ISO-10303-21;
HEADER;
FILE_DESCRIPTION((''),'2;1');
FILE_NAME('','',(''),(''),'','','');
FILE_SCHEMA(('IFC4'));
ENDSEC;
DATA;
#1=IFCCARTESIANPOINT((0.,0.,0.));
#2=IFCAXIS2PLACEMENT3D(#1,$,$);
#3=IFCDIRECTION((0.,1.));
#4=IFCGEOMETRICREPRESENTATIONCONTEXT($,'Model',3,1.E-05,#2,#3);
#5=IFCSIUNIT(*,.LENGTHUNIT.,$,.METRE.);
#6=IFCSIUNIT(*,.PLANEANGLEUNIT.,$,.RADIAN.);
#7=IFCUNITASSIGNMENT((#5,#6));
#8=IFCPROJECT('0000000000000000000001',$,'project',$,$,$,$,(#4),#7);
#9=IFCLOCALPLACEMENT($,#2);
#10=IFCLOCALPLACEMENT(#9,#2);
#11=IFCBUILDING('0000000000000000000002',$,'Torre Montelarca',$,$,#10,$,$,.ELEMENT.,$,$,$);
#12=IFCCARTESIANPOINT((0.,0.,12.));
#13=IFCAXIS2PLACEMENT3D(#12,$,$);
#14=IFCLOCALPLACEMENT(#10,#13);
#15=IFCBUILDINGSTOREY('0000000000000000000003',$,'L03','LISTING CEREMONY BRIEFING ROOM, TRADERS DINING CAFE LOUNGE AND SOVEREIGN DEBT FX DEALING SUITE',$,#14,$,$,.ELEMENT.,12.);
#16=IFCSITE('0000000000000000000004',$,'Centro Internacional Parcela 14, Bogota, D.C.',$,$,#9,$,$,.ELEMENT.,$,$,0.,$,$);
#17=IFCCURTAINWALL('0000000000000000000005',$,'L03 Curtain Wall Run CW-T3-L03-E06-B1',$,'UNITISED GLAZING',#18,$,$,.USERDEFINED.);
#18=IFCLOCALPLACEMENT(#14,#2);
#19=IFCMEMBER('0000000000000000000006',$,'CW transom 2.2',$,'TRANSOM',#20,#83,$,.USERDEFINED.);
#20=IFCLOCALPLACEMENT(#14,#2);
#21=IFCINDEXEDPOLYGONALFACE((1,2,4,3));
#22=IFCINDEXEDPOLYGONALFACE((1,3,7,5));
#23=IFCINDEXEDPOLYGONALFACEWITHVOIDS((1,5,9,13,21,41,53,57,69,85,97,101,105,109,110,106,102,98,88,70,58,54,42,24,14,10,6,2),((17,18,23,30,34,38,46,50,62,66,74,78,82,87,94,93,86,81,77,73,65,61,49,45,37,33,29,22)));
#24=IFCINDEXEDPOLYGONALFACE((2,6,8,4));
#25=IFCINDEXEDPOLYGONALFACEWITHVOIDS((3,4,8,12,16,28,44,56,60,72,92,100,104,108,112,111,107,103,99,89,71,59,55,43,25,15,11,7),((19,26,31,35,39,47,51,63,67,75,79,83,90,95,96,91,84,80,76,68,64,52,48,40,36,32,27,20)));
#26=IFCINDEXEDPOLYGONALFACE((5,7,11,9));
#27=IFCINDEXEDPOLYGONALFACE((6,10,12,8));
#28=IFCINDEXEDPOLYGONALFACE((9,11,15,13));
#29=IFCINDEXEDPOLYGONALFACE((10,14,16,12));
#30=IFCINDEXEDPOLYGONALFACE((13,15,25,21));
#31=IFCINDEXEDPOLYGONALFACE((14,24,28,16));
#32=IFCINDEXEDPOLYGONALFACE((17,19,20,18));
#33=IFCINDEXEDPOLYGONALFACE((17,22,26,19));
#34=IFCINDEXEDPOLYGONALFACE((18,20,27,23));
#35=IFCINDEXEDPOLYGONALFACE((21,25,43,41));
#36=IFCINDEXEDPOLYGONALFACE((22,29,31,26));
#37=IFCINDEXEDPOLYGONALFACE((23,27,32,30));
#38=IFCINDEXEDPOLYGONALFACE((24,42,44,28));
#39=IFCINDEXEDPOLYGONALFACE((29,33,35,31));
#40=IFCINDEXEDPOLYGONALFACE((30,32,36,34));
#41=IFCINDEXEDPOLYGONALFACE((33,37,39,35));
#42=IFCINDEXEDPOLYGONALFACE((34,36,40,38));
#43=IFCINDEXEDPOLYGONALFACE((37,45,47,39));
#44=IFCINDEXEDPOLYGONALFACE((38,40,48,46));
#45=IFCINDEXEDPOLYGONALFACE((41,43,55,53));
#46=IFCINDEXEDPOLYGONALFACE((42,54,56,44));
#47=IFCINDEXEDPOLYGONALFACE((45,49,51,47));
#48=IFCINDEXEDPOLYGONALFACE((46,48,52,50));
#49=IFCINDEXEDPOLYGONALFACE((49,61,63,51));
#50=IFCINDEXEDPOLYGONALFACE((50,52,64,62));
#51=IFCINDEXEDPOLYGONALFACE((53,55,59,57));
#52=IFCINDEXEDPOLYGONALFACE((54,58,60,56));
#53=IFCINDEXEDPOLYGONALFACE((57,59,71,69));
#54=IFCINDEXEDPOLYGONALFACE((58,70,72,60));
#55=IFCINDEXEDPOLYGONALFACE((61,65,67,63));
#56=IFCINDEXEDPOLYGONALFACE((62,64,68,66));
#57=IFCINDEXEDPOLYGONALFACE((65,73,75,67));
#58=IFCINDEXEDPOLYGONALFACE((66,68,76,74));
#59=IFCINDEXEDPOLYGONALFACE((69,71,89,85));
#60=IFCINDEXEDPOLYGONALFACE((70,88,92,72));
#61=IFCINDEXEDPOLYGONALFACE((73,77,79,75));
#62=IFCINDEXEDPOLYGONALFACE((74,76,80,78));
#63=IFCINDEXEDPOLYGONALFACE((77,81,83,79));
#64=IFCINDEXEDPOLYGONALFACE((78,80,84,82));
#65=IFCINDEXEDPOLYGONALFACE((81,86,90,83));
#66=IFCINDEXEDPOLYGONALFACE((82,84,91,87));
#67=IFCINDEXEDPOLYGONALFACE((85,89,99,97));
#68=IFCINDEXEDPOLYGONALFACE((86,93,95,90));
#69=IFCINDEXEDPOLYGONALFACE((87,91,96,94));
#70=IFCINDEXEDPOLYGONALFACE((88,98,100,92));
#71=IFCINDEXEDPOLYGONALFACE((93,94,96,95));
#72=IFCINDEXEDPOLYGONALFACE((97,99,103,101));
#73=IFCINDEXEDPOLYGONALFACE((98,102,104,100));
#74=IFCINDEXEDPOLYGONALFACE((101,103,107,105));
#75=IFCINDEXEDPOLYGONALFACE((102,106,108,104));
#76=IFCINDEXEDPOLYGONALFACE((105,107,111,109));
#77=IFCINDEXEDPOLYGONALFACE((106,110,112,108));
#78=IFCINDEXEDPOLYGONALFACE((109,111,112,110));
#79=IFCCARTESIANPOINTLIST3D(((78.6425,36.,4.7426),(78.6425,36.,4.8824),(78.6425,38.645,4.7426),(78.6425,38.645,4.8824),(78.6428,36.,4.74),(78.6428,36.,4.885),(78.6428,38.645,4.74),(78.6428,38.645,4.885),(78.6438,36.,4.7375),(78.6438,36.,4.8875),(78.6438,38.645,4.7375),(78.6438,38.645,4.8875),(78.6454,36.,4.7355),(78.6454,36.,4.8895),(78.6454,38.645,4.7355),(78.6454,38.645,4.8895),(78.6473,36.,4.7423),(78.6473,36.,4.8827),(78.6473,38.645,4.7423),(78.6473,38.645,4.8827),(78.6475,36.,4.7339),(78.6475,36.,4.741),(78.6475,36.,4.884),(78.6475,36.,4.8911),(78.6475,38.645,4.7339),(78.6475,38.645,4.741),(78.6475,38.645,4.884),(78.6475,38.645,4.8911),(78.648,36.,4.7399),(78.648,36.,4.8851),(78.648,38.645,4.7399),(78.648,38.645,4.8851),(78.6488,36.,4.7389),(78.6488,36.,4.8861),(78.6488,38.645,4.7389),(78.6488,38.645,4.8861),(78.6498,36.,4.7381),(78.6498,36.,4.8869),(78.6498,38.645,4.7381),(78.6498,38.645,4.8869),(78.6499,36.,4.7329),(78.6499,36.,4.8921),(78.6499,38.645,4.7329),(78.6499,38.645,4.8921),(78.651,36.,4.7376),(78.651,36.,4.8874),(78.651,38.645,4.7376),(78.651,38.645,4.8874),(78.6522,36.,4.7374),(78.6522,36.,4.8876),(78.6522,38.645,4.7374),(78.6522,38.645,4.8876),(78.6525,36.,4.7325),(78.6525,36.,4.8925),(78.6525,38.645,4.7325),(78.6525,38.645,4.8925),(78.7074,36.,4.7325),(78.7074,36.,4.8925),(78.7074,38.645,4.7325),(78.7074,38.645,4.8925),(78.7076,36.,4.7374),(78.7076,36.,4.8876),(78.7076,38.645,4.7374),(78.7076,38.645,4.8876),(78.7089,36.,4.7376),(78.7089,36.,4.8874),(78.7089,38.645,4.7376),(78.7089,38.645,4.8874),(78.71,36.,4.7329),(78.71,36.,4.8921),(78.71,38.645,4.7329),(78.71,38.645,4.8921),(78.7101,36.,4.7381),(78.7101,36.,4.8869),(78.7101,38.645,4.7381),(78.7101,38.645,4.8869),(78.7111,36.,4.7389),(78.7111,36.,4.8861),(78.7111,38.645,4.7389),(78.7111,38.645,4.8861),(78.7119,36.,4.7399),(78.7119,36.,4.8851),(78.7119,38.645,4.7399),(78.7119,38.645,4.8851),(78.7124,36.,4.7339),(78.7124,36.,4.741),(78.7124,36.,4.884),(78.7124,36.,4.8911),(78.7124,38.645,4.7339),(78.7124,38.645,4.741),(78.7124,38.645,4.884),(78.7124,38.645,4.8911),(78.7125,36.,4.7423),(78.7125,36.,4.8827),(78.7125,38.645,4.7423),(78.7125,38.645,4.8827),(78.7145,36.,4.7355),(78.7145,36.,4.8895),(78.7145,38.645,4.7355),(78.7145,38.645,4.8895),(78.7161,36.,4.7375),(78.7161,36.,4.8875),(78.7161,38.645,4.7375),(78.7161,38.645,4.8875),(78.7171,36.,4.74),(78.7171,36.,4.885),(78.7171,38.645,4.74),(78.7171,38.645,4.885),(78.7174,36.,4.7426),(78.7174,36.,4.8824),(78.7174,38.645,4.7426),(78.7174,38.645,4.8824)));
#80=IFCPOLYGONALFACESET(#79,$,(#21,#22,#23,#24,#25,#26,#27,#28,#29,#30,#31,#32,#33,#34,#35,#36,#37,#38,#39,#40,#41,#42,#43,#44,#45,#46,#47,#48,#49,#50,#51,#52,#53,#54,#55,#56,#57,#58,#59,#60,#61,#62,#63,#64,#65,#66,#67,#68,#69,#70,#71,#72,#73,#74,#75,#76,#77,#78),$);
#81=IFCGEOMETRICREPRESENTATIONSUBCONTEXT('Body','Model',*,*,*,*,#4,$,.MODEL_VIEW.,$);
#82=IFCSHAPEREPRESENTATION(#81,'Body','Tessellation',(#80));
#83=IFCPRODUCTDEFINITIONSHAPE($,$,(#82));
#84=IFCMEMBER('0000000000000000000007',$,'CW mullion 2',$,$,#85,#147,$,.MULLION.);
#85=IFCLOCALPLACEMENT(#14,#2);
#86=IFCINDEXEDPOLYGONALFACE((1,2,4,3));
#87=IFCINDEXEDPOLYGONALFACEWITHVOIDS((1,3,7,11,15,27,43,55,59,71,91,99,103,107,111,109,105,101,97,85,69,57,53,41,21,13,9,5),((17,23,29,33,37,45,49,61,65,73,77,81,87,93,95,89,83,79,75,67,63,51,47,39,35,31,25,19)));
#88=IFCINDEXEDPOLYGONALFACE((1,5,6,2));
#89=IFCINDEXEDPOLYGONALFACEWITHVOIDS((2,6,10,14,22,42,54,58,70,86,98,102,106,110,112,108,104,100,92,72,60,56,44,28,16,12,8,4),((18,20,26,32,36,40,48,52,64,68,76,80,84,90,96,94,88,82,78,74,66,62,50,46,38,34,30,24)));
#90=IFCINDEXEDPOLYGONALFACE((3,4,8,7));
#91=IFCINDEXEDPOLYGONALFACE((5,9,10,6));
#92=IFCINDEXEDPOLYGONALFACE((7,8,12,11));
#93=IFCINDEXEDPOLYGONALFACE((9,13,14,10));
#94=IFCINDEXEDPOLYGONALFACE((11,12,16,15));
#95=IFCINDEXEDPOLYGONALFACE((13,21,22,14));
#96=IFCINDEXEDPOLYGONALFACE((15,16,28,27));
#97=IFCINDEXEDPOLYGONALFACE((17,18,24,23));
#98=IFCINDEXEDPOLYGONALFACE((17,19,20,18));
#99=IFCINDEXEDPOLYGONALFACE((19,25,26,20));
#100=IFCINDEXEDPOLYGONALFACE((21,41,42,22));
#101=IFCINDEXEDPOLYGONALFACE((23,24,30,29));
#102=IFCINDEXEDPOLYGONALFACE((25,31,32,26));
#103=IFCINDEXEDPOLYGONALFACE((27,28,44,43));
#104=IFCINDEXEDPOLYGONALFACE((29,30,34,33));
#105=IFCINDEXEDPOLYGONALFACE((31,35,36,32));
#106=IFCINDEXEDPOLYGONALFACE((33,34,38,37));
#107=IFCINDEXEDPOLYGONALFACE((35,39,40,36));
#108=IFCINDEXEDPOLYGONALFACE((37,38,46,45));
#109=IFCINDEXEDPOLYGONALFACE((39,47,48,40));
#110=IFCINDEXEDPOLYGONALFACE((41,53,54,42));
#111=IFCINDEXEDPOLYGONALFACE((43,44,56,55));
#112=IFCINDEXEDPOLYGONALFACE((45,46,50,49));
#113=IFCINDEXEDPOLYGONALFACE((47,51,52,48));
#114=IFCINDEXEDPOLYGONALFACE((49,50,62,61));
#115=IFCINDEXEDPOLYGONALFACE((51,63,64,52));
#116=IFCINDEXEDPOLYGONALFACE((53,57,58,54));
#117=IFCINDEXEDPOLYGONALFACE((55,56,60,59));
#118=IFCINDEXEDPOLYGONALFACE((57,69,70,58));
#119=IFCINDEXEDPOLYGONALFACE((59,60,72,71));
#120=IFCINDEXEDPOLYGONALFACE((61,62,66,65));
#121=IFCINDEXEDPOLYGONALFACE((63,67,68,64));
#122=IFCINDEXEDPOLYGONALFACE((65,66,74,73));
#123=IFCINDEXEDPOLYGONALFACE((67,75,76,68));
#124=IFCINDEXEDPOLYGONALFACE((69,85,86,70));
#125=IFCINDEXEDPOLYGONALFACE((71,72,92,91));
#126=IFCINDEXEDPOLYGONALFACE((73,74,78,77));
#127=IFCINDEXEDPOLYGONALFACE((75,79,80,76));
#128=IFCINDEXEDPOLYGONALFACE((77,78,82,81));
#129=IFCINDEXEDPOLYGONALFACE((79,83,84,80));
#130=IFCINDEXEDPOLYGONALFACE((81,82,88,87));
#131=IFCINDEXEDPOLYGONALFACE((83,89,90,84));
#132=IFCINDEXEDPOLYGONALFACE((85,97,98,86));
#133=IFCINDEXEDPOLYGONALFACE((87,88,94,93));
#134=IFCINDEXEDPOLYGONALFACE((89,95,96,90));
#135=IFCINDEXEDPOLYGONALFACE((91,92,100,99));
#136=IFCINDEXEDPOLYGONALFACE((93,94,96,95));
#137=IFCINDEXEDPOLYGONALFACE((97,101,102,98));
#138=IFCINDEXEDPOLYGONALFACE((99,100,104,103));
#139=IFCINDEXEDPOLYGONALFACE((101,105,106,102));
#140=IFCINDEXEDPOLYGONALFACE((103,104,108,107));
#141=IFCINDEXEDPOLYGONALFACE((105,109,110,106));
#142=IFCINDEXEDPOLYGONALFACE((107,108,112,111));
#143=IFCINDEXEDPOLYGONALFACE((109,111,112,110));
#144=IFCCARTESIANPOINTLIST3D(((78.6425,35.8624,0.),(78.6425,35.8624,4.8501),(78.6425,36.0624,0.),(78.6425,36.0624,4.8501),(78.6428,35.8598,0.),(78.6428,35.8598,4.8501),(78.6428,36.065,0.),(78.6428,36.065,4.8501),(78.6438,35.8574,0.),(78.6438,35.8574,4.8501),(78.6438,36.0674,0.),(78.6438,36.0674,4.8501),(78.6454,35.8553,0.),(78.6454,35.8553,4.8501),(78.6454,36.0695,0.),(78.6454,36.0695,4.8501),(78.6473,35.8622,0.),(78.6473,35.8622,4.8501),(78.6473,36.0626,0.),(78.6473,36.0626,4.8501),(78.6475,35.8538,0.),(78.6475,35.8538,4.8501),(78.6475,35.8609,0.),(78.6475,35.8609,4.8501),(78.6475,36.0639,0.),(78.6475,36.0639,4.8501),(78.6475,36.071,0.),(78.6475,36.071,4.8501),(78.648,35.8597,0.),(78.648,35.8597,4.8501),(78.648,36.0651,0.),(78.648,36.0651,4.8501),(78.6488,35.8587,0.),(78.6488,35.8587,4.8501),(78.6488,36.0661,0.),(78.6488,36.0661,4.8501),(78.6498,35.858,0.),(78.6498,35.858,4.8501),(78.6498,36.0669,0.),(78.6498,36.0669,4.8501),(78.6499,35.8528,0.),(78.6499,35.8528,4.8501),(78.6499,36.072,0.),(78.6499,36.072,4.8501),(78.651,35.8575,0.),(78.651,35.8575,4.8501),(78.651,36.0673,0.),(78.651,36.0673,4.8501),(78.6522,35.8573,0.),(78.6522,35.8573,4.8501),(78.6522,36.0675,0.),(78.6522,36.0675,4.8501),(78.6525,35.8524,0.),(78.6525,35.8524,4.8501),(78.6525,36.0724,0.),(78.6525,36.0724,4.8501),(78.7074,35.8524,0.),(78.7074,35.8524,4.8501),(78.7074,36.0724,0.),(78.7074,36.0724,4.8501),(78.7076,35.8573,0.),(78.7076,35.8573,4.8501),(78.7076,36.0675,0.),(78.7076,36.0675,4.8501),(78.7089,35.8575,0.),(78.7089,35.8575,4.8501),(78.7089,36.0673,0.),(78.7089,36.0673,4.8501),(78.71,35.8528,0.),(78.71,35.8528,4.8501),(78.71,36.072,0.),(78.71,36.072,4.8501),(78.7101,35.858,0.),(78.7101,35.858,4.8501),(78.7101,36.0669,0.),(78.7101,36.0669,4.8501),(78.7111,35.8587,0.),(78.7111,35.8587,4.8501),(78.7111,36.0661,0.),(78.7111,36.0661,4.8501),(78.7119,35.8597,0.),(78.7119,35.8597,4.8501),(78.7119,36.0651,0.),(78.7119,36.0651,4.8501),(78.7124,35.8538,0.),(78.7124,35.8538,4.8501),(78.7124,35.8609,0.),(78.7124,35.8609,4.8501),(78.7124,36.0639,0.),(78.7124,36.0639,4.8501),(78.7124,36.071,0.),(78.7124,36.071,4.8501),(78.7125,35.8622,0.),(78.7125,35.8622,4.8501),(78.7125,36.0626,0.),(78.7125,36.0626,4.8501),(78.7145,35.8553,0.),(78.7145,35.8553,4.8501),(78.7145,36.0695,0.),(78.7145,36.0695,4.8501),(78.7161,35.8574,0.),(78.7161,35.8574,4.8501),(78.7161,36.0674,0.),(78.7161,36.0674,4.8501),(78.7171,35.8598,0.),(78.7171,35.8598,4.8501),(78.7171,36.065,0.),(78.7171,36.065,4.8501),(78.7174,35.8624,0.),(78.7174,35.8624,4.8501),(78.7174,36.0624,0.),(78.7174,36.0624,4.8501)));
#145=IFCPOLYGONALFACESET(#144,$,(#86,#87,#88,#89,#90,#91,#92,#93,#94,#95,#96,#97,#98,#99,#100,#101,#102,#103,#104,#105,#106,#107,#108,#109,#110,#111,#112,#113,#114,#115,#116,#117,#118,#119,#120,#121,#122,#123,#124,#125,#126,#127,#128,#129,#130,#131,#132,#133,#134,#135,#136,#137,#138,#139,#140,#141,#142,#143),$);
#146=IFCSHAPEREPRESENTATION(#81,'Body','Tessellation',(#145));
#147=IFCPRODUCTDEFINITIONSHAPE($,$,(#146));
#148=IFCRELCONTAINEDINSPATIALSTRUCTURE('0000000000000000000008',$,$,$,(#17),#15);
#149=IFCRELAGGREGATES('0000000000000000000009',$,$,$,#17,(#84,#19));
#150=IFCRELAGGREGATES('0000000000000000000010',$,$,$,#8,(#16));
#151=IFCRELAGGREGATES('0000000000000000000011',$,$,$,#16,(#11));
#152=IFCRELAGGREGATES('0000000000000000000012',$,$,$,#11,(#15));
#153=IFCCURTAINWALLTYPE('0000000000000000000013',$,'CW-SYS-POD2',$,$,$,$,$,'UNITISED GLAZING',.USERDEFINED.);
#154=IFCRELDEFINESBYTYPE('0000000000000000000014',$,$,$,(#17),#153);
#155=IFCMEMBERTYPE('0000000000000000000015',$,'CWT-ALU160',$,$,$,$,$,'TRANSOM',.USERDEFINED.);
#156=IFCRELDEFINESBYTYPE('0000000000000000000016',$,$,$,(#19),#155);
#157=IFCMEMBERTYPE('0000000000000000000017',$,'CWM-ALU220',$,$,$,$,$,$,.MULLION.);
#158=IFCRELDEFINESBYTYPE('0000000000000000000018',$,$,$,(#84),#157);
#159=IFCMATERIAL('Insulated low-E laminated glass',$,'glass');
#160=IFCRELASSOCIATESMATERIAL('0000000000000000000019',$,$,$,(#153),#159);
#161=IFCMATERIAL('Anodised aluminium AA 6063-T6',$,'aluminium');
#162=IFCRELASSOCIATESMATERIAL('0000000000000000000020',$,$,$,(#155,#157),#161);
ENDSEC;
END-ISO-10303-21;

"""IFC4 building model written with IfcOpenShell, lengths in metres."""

from ifc_helpers import new_model, si_unit, direction, frame, origin, origin_2d, place, context, subcontext, project, spatial, hollow_rectangle, extrude, source, transform, mapped, material, material_profile, profile_set, type_object, element, aggregate, save


model = new_model("IFC4")

# Units and contexts
model_context = context("Model", 3, precision=1e-05, world=origin(), true_north=direction((0.0, 1.0)))
body_context = subcontext(model_context, "Body", "Model", "MODEL_VIEW")
ifc_project = project(units=[si_unit("LENGTHUNIT", "METRE"), si_unit("PLANEANGLEUNIT", "RADIAN")], contexts=[model_context])

# Site, building, storey
site_placement = place(None, origin())
site = spatial("IfcSite", under=ifc_project, at=site_placement, Name="Centro Internacional Parcela 14, Bogota, D.C.", CompositionType="ELEMENT", RefElevation=0.0)
building_placement = place(site_placement, origin())
building = spatial("IfcBuilding", under=site, at=building_placement, Name="Torre Montelarca", CompositionType="ELEMENT")
storey_placement = place(building_placement, frame((0.0, 0.0, 12.0)))
storey = spatial("IfcBuildingStorey", under=building, at=storey_placement, Name="L03", Description="LISTING CEREMONY BRIEFING ROOM, TRADERS DINING CAFE LOUNGE AND SOVEREIGN DEBT FX DEALING SUITE", CompositionType="ELEMENT", Elevation=12.0)

# Curtain wall, members
ifc_material_1 = material(Name="Insulated low-E laminated glass", Category="glass")
curtain_wall_type = type_object("IfcCurtainWallType", Name="CW-SYS-POD2", ElementType="UNITISED GLAZING", PredefinedType="USERDEFINED", material=ifc_material_1)
curtain_wall_placement = place(storey_placement, origin())
curtain_wall = element("IfcCurtainWall", 1, at=curtain_wall_placement, inside=storey, type_object=curtain_wall_type, Name="L03 Curtain Wall Run CW-T3-L03-E06-B1", ObjectType="UNITISED GLAZING", PredefinedType="USERDEFINED")
ifc_material_2 = material(Name="Anodised aluminium AA 6063-T6", Category="aluminium")
ifc_material_profile_1 = material_profile(ifc_material_2, hollow_rectangle(XDim=0.075, YDim=0.1599, WallThickness=0.0049, InnerFilletRadius=0.0049, OuterFilletRadius=0.01, at=origin_2d()), Name="ALU75X160X5", Category="aluminium")
ifc_profile_set_1 = profile_set([ifc_material_profile_1], Name="Anodised aluminium AA 6063-T6")
member_type_1 = type_object("IfcMemberType", Name="CWT-ALU160", ElementType="TRANSOM", PredefinedType="USERDEFINED", material=ifc_profile_set_1)
shared_shape_1 = source(origin(), body_context, "Body", "SweptSolid", [
    extrude(hollow_rectangle(XDim=0.075, YDim=0.1599, WallThickness=0.0049, InnerFilletRadius=0.0049, OuterFilletRadius=0.01, at=origin_2d()), origin(), (0.0, 0.0, 1.0), 2.645),
])
member_1_placement = place(storey_placement, frame((78.6799, 36.0, 4.8125), z_axis=(0.0, 1.0, 0.0), x_axis=(-1.0, 0.0, 0.0)))
member_1 = element("IfcMember", 2, at=member_1_placement, type_object=member_type_1, Name="CW transom 2.2", ObjectType="TRANSOM", PredefinedType="USERDEFINED", context=body_context, shape_type="MappedRepresentation", body=[
    mapped(shared_shape_1, transform((0.0, 0.0, 0.0), scale=1.0)),
])
ifc_material_profile_2 = material_profile(ifc_material_2, hollow_rectangle(XDim=0.075, YDim=0.22, WallThickness=0.0049, InnerFilletRadius=0.0049, OuterFilletRadius=0.01, at=origin_2d()), Name="ALU75X220X5", Category="aluminium")
ifc_profile_set_2 = profile_set([ifc_material_profile_2], Name="Anodised aluminium AA 6063-T6")
member_type_2 = type_object("IfcMemberType", Name="CWM-ALU220", PredefinedType="MULLION", material=ifc_profile_set_2)
shared_shape_2 = source(origin(), body_context, "Body", "SweptSolid", [
    extrude(hollow_rectangle(XDim=0.075, YDim=0.22, WallThickness=0.0049, InnerFilletRadius=0.0049, OuterFilletRadius=0.01, at=origin_2d()), origin(), (0.0, 0.0, 1.0), 4.8501),
])
member_2_placement = place(storey_placement, frame((78.6799, 35.9624, 0.0), z_axis=(0.0, 0.0, 1.0), x_axis=(-1.0, 0.0, 0.0)))
member_2 = element("IfcMember", 3, at=member_2_placement, type_object=member_type_2, Name="CW mullion 2", PredefinedType="MULLION", context=body_context, shape_type="MappedRepresentation", body=[
    mapped(shared_shape_2, transform((0.0, 0.0, 0.0), scale=1.0)),
])
aggregate(curtain_wall, [member_2, member_1])

save(model, "model.ifc")
